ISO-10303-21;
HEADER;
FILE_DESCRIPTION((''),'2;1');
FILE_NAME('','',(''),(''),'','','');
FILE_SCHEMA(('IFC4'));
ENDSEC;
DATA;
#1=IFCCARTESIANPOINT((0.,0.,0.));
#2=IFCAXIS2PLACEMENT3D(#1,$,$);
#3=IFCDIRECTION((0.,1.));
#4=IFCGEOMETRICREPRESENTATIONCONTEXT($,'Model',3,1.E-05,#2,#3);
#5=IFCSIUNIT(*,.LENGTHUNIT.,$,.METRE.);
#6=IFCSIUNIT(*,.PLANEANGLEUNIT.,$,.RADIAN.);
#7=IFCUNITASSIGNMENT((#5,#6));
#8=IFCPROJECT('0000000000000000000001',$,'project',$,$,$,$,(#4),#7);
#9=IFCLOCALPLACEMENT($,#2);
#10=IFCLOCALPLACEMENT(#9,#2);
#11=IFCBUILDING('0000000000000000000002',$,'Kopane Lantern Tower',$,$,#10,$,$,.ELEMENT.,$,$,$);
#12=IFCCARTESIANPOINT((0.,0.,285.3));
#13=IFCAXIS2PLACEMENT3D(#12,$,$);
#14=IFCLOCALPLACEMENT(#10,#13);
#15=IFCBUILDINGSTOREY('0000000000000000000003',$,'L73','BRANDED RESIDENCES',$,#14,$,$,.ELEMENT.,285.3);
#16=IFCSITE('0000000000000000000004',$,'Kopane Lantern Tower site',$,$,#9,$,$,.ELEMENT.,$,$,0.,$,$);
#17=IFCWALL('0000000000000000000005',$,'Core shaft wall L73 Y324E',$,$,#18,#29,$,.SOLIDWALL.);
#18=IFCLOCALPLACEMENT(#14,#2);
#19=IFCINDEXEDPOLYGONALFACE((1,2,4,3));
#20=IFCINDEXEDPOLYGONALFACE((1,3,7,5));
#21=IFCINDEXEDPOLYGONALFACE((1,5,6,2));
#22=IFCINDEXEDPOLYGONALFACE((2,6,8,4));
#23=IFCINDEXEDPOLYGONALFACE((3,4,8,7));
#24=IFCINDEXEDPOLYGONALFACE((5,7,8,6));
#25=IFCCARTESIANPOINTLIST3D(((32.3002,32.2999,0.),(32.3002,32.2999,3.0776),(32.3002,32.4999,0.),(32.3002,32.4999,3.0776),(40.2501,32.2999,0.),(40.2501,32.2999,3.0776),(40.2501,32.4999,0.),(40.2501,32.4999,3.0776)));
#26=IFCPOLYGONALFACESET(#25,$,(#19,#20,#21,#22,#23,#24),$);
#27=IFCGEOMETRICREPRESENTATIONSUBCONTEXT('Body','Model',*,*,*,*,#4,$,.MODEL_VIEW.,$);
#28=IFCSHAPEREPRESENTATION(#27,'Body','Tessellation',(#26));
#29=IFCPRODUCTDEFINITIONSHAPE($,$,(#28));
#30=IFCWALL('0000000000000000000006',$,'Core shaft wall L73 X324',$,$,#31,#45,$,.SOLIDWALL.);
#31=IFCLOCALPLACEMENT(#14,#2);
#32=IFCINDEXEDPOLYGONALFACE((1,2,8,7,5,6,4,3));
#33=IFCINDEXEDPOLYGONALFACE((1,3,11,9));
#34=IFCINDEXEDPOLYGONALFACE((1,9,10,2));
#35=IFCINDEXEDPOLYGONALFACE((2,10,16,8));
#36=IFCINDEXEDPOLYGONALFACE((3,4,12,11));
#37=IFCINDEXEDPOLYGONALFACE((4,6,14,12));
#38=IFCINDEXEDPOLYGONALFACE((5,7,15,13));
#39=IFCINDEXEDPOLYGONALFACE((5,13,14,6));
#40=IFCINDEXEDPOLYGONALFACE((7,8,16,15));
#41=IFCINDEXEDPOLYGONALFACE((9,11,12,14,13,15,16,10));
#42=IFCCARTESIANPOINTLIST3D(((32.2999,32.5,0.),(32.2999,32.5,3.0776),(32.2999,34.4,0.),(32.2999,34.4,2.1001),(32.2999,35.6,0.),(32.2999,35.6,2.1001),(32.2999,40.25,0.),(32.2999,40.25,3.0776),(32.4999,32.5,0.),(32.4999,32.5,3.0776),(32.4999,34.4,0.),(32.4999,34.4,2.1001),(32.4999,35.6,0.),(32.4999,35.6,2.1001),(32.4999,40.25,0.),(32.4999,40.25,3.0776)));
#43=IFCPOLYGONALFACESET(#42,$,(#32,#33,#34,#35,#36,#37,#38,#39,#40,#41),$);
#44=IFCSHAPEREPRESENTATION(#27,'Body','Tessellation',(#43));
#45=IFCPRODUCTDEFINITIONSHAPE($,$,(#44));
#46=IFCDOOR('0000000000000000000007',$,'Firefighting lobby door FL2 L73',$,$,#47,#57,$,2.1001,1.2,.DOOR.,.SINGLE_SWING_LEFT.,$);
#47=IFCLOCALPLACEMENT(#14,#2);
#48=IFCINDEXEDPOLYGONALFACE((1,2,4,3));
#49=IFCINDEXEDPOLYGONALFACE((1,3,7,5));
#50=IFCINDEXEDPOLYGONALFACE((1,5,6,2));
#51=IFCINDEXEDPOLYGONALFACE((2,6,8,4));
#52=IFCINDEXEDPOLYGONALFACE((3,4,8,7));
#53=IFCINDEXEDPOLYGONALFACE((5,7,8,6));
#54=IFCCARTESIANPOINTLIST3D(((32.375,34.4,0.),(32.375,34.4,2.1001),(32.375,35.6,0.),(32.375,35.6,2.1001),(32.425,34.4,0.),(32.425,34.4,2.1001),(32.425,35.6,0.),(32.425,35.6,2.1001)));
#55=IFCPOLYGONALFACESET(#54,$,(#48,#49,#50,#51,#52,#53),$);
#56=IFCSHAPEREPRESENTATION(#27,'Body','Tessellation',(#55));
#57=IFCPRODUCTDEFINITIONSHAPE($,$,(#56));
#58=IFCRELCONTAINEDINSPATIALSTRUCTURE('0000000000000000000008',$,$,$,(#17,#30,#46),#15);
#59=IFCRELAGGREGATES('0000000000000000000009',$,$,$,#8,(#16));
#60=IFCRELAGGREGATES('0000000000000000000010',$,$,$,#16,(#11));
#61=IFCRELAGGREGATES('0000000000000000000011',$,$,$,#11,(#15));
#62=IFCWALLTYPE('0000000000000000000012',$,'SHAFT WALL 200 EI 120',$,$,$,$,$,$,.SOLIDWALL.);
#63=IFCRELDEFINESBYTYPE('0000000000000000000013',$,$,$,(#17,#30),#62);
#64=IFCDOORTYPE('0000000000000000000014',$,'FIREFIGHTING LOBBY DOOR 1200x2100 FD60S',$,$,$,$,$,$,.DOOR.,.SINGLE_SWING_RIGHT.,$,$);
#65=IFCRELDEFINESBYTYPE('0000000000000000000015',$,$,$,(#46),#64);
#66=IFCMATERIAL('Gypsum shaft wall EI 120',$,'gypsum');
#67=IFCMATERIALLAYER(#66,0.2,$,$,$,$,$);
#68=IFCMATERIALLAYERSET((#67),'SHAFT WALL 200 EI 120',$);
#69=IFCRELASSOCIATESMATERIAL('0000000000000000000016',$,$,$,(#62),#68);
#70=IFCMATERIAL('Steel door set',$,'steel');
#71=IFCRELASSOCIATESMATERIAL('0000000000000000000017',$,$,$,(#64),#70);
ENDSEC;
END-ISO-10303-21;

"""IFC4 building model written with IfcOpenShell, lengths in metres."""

from ifc_helpers import new_model, si_unit, direction, frame, frame_2d, origin, place, context, subcontext, project, spatial, rectangle, extrude, material, layer, layer_set, type_object, element, fill, save


model = new_model("IFC4")

# Units and contexts
model_context = context("Model", 3, precision=1e-05, world=origin(), true_north=direction((0.0, 1.0)))
body_context = subcontext(model_context, "Body", "Model", "MODEL_VIEW")
ifc_project = project(units=[si_unit("LENGTHUNIT", "METRE"), si_unit("PLANEANGLEUNIT", "RADIAN")], contexts=[model_context])

# Site, building, storey
site_placement = place(None, origin())
site = spatial("IfcSite", under=ifc_project, at=site_placement, Name="Kopane Lantern Tower site", CompositionType="ELEMENT", RefElevation=0.0)
building_placement = place(site_placement, origin())
building = spatial("IfcBuilding", under=site, at=building_placement, Name="Kopane Lantern Tower", CompositionType="ELEMENT")
storey_placement = place(building_placement, frame((0.0, 0.0, 285.3)))
storey = spatial("IfcBuildingStorey", under=building, at=storey_placement, Name="L73", Description="BRANDED RESIDENCES", CompositionType="ELEMENT", Elevation=285.3)

# Shared definitions
ifc_material_1 = material(Name="Gypsum shaft wall EI 120", Category="gypsum")
ifc_layer_1 = layer(ifc_material_1, 0.2)
ifc_layer_set_1 = layer_set([ifc_layer_1], Name="SHAFT WALL 200 EI 120")
wall_type_1 = type_object("IfcWallType", Name="SHAFT WALL 200 EI 120", PredefinedType="SOLIDWALL", material=ifc_layer_set_1)

# Wall
wall_1_placement = place(storey_placement, frame((32.3, 32.3999, 0.0), z_axis=(0.0, 0.0, 1.0), x_axis=(1.0, 0.0, 0.0)))
element("IfcWall", 1, at=wall_1_placement, inside=storey, type_object=wall_type_1, Name="Core shaft wall L73 Y324E", PredefinedType="SOLIDWALL", context=body_context, shape_type="SweptSolid", body=[
    extrude(rectangle(XDim=7.95, YDim=0.2, at=frame_2d((3.9751, 0.0))), origin(), (0.0, 0.0, 1.0), 3.0776),
])

# Wall, opening, door
wall_2_placement = place(storey_placement, frame((32.3999, 32.5, 0.0), z_axis=(0.0, 0.0, 1.0), x_axis=(0.0, 1.0, 0.0)))
wall_2 = element("IfcWall", 2, at=wall_2_placement, inside=storey, type_object=wall_type_1, Name="Core shaft wall L73 X324", PredefinedType="SOLIDWALL", context=body_context, shape_type="SweptSolid", body=[
    extrude(rectangle(XDim=7.75, YDim=0.2, at=frame_2d((3.875, 0.0))), origin(), (0.0, 0.0, 1.0), 3.0776),
])
opening_1_placement = place(wall_2_placement, frame((1.8999, 0.0, 0.0)))
opening_1 = element("IfcOpeningElement", 3, at=opening_1_placement, cuts=wall_2, PredefinedType="OPENING", context=body_context, shape_type="SweptSolid", body=[
    extrude(rectangle(XDim=1.2, YDim=2.1001, at=frame_2d((0.6001, 1.05))), frame((0.0, 0.1099, 0.0), z_axis=(0.0, -1.0, 0.0), x_axis=(1.0, 0.0, 0.0)), (0.0, 0.0, 1.0), 0.22),
])
ifc_material_2 = material(Name="Steel door set", Category="steel")
door_type_1 = type_object("IfcDoorType", Name="FIREFIGHTING LOBBY DOOR 1200x2100 FD60S", OperationType="SINGLE_SWING_RIGHT", PredefinedType="DOOR", material=ifc_material_2)
door_1_placement = place(opening_1_placement, origin())
door_1 = element("IfcDoor", 4, at=door_1_placement, inside=storey, type_object=door_type_1, Name="Firefighting lobby door FL2 L73", OperationType="SINGLE_SWING_LEFT", OverallHeight=2.1001, OverallWidth=1.2, PredefinedType="DOOR", context=body_context, shape_type="SweptSolid", body=[
    extrude(rectangle(XDim=1.2, YDim=2.1001, at=frame_2d((0.6001, 1.05))), frame((0.0, 0.0249, 0.0), z_axis=(0.0, -1.0, 0.0), x_axis=(1.0, 0.0, 0.0)), (0.0, 0.0, 1.0), 0.05),
])
fill(opening_1, door_1)

save(model, "model.ifc")
